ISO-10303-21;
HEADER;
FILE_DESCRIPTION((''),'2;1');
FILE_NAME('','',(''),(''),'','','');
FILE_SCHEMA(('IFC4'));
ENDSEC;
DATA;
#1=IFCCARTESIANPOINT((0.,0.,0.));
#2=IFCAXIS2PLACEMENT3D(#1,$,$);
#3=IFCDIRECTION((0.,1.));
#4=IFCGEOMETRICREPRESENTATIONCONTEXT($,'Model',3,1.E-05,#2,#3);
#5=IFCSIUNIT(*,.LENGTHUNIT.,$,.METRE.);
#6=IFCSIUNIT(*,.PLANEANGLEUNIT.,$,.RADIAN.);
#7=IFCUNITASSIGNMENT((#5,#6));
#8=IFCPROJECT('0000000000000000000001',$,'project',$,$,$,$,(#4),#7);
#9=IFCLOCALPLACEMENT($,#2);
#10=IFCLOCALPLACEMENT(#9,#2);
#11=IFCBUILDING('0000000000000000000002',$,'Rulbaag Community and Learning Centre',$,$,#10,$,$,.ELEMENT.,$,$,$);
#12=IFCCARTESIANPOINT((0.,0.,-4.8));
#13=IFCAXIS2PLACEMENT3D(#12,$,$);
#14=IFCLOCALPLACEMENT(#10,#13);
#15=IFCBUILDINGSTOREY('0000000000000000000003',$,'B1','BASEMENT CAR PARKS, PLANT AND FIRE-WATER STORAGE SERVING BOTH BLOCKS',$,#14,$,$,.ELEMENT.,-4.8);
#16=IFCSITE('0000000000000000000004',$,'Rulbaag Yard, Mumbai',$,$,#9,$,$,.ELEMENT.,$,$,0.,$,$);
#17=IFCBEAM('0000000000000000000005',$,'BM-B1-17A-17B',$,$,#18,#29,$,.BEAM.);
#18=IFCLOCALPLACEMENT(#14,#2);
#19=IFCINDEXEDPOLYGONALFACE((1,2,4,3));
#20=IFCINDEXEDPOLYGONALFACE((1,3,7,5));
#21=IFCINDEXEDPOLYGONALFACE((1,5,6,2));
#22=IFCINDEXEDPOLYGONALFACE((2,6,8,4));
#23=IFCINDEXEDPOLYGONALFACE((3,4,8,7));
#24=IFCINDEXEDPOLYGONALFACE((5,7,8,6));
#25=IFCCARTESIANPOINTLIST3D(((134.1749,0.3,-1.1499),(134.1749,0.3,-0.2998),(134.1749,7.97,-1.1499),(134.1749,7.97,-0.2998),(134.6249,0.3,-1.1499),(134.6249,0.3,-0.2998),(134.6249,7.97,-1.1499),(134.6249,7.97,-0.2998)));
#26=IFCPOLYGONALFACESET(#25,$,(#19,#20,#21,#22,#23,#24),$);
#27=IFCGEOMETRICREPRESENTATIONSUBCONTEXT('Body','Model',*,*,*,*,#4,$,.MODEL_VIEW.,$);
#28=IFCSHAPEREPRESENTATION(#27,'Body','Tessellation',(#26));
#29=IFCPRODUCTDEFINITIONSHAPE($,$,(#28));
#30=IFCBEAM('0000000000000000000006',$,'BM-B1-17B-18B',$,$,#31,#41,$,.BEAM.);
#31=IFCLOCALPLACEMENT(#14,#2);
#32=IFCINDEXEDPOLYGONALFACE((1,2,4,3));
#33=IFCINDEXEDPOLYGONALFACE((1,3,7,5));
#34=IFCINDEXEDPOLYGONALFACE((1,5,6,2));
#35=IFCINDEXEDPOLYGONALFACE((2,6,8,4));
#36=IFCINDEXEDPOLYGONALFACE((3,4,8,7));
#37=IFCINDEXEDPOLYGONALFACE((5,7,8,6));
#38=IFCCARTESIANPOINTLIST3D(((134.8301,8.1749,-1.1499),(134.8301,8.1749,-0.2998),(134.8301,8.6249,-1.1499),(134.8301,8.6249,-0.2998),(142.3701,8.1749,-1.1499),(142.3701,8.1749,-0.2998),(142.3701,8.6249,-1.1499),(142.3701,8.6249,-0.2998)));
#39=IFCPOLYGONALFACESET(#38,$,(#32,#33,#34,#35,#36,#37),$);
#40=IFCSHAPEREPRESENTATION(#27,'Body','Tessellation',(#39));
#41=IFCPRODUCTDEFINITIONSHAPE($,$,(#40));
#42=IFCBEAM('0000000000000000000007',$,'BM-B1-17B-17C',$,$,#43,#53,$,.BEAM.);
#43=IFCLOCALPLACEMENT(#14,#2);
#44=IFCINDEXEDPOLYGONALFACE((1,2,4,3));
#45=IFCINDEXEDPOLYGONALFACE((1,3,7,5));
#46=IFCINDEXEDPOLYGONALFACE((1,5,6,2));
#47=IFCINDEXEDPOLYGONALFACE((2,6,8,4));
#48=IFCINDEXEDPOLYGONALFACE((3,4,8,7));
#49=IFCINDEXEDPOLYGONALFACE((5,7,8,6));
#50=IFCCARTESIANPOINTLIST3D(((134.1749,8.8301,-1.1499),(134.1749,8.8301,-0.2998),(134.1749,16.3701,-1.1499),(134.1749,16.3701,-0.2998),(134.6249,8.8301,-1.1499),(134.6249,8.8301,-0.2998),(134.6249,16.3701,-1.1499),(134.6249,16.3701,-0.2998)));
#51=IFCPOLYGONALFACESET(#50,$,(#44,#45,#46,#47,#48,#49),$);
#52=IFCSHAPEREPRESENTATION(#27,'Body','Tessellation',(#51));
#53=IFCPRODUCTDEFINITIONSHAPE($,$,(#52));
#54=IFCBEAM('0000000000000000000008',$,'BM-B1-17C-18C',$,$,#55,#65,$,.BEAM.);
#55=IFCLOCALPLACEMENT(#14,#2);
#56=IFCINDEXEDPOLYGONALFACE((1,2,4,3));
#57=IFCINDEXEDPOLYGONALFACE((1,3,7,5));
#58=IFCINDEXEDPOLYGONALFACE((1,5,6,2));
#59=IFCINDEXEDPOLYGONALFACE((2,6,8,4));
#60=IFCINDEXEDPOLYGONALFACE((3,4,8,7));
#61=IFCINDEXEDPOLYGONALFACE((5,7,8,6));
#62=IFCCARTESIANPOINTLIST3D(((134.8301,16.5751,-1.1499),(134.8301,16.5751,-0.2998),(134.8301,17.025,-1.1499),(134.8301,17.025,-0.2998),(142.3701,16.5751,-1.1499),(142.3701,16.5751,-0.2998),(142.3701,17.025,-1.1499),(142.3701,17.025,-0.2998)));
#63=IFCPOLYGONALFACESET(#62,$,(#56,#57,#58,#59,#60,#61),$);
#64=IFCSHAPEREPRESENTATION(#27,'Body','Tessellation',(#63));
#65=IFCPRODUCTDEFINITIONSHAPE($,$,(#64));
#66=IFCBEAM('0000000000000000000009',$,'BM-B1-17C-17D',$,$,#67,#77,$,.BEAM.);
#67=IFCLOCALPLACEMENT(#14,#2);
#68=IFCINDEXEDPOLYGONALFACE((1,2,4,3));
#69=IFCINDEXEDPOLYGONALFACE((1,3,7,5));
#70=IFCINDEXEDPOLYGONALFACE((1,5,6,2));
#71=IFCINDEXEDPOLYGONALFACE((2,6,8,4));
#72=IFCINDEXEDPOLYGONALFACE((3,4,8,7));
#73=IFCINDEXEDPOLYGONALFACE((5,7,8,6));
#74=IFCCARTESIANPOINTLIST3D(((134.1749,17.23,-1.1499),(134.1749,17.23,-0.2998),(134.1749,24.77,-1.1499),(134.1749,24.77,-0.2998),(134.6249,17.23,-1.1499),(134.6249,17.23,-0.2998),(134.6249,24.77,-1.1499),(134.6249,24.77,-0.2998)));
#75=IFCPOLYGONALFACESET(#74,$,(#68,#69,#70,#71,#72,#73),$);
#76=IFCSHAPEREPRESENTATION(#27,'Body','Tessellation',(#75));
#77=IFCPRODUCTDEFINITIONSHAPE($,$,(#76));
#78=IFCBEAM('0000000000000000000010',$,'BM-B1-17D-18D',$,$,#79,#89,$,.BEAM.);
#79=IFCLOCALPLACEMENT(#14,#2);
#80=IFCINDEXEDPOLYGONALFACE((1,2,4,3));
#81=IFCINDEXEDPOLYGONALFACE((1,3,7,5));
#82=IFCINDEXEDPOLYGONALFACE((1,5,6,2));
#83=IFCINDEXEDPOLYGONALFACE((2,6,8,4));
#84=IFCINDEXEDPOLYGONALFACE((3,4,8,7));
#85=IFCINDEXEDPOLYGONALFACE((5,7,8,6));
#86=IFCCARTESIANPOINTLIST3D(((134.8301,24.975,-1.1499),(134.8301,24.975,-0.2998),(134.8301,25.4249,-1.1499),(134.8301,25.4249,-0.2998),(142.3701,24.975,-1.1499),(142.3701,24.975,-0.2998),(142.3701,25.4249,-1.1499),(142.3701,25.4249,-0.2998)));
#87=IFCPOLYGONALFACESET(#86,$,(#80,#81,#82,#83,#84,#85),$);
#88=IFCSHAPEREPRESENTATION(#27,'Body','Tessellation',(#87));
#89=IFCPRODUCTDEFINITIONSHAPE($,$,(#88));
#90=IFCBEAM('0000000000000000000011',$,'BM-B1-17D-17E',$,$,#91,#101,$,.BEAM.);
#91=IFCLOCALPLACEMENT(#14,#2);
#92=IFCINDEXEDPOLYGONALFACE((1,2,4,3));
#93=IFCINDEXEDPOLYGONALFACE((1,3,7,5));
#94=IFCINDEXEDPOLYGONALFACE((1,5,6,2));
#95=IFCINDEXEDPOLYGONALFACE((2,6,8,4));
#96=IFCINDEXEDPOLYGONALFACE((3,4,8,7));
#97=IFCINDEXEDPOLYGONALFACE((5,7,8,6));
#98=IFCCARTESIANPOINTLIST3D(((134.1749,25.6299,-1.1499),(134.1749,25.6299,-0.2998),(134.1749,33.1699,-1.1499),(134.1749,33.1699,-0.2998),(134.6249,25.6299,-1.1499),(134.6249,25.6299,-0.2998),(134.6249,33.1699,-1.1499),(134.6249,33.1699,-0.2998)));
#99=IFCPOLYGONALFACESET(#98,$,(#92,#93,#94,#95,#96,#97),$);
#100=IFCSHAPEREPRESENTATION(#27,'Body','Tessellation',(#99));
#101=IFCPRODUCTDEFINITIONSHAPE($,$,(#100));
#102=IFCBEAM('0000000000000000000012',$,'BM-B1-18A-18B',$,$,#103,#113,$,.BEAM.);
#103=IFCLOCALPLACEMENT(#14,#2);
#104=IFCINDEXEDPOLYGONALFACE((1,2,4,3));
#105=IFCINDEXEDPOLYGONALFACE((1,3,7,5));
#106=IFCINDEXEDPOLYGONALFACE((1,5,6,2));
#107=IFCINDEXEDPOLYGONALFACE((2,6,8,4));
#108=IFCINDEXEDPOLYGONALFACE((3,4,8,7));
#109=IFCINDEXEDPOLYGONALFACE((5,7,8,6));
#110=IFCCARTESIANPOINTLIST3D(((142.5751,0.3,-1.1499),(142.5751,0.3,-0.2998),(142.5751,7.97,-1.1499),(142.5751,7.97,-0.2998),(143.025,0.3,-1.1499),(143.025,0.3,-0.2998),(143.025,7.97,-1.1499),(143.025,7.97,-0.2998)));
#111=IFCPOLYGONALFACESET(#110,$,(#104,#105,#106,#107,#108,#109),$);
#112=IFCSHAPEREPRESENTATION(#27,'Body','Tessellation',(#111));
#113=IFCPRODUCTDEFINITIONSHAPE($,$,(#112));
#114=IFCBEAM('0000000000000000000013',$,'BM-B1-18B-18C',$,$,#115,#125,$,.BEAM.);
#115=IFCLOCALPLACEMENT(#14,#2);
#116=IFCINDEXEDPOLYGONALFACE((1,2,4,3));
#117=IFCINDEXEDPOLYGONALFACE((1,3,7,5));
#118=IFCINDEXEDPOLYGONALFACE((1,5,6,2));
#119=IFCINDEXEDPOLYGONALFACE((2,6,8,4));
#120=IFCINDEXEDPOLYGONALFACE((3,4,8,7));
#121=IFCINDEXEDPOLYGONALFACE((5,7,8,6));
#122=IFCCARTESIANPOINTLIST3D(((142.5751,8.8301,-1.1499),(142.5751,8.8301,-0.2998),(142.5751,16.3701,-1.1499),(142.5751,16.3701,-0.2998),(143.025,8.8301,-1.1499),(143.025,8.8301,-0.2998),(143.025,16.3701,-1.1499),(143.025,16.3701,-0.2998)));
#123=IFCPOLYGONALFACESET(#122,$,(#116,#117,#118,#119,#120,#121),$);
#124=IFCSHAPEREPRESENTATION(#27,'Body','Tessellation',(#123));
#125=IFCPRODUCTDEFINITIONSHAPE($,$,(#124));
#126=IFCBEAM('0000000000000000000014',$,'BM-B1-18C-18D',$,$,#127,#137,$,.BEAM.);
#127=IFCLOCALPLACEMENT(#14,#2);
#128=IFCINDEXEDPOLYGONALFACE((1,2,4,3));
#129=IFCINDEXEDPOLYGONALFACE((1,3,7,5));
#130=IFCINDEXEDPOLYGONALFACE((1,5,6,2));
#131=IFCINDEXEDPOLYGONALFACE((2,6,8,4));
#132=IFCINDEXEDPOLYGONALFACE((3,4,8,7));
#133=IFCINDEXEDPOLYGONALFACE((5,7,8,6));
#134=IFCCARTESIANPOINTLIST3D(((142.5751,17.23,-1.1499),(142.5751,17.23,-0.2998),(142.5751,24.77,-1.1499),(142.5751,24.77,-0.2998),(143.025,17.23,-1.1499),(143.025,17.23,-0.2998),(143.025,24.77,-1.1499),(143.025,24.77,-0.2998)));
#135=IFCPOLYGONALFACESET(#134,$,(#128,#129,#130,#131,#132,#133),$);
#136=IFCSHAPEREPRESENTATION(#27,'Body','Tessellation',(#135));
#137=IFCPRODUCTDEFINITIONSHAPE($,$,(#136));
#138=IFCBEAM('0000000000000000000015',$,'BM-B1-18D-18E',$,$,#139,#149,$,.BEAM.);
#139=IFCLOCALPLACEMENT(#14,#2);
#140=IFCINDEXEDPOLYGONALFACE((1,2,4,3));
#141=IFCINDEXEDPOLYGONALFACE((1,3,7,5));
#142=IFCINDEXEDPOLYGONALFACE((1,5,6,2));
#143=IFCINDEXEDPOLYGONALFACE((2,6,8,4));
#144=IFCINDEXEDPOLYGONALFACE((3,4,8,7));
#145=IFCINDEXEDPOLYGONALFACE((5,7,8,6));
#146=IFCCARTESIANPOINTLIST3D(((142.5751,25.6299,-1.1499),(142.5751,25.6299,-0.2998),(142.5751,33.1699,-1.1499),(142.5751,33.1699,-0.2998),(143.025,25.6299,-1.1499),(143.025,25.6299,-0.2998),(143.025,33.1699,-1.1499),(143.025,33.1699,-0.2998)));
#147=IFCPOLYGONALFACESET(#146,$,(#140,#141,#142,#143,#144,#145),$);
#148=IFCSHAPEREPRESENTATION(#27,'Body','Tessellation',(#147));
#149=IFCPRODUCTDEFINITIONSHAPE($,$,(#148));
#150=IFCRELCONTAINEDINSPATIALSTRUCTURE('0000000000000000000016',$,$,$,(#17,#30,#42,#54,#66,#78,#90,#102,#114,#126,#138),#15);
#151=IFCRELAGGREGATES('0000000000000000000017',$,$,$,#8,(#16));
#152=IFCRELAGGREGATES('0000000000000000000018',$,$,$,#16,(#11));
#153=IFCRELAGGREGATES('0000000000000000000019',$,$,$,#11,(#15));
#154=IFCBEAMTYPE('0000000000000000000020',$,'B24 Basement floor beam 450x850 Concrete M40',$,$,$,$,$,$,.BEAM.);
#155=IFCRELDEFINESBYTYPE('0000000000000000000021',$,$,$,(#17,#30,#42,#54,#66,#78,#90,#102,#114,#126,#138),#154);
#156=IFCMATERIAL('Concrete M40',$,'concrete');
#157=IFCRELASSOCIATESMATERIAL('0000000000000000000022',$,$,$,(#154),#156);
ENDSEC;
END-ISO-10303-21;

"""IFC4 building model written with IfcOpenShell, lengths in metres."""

from ifc_helpers import new_model, si_unit, direction, frame, origin, origin_2d, place, context, subcontext, project, spatial, rectangle, extrude, material, material_profile, profile_set, type_object, element, save


model = new_model("IFC4")

# Units and contexts
model_context = context("Model", 3, precision=1e-05, world=origin(), true_north=direction((0.0, 1.0)))
body_context = subcontext(model_context, "Body", "Model", "MODEL_VIEW")
ifc_project = project(units=[si_unit("LENGTHUNIT", "METRE"), si_unit("PLANEANGLEUNIT", "RADIAN")], contexts=[model_context])

# Site, building, storey
site_placement = place(None, origin())
site = spatial("IfcSite", under=ifc_project, at=site_placement, Name="Rulbaag Yard, Mumbai", CompositionType="ELEMENT", RefElevation=0.0)
building_placement = place(site_placement, origin())
building = spatial("IfcBuilding", under=site, at=building_placement, Name="Rulbaag Community and Learning Centre", CompositionType="ELEMENT")
storey_placement = place(building_placement, frame((0.0, 0.0, -4.8)))
storey = spatial("IfcBuildingStorey", under=building, at=storey_placement, Name="B1", Description="BASEMENT CAR PARKS, PLANT AND FIRE-WATER STORAGE SERVING BOTH BLOCKS", CompositionType="ELEMENT", Elevation=-4.8)

# Beams
ifc_material_1 = material(Name="Concrete M40", Category="concrete")
ifc_material_profile_1 = material_profile(ifc_material_1, rectangle(XDim=0.45, YDim=0.8501, at=origin_2d()), Name="RB450x850")
ifc_profile_set_1 = profile_set([ifc_material_profile_1], Name="Concrete M40")
beam_type = type_object("IfcBeamType", Name="B24 Basement floor beam 450x850 Concrete M40", PredefinedType="BEAM", material=ifc_profile_set_1)
beam_1_placement = place(storey_placement, frame((134.3999, 0.3, -0.7249), z_axis=(0.0, 1.0, 0.0), x_axis=(-1.0, 0.0, 0.0)))
element("IfcBeam", 1, at=beam_1_placement, inside=storey, type_object=beam_type, Name="BM-B1-17A-17B", PredefinedType="BEAM", context=body_context, shape_type="SweptSolid", body=[
    extrude(rectangle(XDim=0.45, YDim=0.8501, at=origin_2d()), origin(), (0.0, 0.0, 1.0), 7.6699),
])
for number, where, z_axis, x_axis, name in (
    (2, (134.8301, 8.3999, -0.7249), (1.0, 0.0, 0.0), (0.0, 1.0, 0.0), "BM-B1-17B-18B"),
    (3, (134.3999, 8.8301, -0.7249), (0.0, 1.0, 0.0), (-1.0, 0.0, 0.0), "BM-B1-17B-17C"),
    (4, (134.8301, 16.8, -0.7249), (1.0, 0.0, 0.0), (0.0, 1.0, 0.0), "BM-B1-17C-18C"),
    (5, (134.3999, 17.23, -0.7249), (0.0, 1.0, 0.0), (-1.0, 0.0, 0.0), "BM-B1-17C-17D"),
    (6, (134.8301, 25.2, -0.7249), (1.0, 0.0, 0.0), (0.0, 1.0, 0.0), "BM-B1-17D-18D"),
    (7, (134.3999, 25.6299, -0.7249), (0.0, 1.0, 0.0), (-1.0, 0.0, 0.0), "BM-B1-17D-17E"),
):
    element("IfcBeam", number, at=place(storey_placement, frame(where, z_axis=z_axis, x_axis=x_axis)), inside=storey, type_object=beam_type, Name=name, PredefinedType="BEAM", context=body_context, shape_type="SweptSolid", body=[
        extrude(rectangle(XDim=0.45, YDim=0.8501, at=origin_2d()), origin(), (0.0, 0.0, 1.0), 7.54),
    ])
beam_2_placement = place(storey_placement, frame((142.8, 0.3, -0.7249), z_axis=(0.0, 1.0, 0.0), x_axis=(-1.0, 0.0, 0.0)))
element("IfcBeam", 8, at=beam_2_placement, inside=storey, type_object=beam_type, Name="BM-B1-18A-18B", PredefinedType="BEAM", context=body_context, shape_type="SweptSolid", body=[
    extrude(rectangle(XDim=0.45, YDim=0.8501, at=origin_2d()), origin(), (0.0, 0.0, 1.0), 7.6699),
])
for number, where, z_axis, x_axis, name in (
    (9, (142.8, 8.8301, -0.7249), (0.0, 1.0, 0.0), (-1.0, 0.0, 0.0), "BM-B1-18B-18C"),
    (10, (142.8, 17.23, -0.7249), (0.0, 1.0, 0.0), (-1.0, 0.0, 0.0), "BM-B1-18C-18D"),
    (11, (142.8, 25.6299, -0.7249), (0.0, 1.0, 0.0), (-1.0, 0.0, 0.0), "BM-B1-18D-18E"),
):
    element("IfcBeam", number, at=place(storey_placement, frame(where, z_axis=z_axis, x_axis=x_axis)), inside=storey, type_object=beam_type, Name=name, PredefinedType="BEAM", context=body_context, shape_type="SweptSolid", body=[
        extrude(rectangle(XDim=0.45, YDim=0.8501, at=origin_2d()), origin(), (0.0, 0.0, 1.0), 7.54),
    ])

save(model, "model.ifc")
